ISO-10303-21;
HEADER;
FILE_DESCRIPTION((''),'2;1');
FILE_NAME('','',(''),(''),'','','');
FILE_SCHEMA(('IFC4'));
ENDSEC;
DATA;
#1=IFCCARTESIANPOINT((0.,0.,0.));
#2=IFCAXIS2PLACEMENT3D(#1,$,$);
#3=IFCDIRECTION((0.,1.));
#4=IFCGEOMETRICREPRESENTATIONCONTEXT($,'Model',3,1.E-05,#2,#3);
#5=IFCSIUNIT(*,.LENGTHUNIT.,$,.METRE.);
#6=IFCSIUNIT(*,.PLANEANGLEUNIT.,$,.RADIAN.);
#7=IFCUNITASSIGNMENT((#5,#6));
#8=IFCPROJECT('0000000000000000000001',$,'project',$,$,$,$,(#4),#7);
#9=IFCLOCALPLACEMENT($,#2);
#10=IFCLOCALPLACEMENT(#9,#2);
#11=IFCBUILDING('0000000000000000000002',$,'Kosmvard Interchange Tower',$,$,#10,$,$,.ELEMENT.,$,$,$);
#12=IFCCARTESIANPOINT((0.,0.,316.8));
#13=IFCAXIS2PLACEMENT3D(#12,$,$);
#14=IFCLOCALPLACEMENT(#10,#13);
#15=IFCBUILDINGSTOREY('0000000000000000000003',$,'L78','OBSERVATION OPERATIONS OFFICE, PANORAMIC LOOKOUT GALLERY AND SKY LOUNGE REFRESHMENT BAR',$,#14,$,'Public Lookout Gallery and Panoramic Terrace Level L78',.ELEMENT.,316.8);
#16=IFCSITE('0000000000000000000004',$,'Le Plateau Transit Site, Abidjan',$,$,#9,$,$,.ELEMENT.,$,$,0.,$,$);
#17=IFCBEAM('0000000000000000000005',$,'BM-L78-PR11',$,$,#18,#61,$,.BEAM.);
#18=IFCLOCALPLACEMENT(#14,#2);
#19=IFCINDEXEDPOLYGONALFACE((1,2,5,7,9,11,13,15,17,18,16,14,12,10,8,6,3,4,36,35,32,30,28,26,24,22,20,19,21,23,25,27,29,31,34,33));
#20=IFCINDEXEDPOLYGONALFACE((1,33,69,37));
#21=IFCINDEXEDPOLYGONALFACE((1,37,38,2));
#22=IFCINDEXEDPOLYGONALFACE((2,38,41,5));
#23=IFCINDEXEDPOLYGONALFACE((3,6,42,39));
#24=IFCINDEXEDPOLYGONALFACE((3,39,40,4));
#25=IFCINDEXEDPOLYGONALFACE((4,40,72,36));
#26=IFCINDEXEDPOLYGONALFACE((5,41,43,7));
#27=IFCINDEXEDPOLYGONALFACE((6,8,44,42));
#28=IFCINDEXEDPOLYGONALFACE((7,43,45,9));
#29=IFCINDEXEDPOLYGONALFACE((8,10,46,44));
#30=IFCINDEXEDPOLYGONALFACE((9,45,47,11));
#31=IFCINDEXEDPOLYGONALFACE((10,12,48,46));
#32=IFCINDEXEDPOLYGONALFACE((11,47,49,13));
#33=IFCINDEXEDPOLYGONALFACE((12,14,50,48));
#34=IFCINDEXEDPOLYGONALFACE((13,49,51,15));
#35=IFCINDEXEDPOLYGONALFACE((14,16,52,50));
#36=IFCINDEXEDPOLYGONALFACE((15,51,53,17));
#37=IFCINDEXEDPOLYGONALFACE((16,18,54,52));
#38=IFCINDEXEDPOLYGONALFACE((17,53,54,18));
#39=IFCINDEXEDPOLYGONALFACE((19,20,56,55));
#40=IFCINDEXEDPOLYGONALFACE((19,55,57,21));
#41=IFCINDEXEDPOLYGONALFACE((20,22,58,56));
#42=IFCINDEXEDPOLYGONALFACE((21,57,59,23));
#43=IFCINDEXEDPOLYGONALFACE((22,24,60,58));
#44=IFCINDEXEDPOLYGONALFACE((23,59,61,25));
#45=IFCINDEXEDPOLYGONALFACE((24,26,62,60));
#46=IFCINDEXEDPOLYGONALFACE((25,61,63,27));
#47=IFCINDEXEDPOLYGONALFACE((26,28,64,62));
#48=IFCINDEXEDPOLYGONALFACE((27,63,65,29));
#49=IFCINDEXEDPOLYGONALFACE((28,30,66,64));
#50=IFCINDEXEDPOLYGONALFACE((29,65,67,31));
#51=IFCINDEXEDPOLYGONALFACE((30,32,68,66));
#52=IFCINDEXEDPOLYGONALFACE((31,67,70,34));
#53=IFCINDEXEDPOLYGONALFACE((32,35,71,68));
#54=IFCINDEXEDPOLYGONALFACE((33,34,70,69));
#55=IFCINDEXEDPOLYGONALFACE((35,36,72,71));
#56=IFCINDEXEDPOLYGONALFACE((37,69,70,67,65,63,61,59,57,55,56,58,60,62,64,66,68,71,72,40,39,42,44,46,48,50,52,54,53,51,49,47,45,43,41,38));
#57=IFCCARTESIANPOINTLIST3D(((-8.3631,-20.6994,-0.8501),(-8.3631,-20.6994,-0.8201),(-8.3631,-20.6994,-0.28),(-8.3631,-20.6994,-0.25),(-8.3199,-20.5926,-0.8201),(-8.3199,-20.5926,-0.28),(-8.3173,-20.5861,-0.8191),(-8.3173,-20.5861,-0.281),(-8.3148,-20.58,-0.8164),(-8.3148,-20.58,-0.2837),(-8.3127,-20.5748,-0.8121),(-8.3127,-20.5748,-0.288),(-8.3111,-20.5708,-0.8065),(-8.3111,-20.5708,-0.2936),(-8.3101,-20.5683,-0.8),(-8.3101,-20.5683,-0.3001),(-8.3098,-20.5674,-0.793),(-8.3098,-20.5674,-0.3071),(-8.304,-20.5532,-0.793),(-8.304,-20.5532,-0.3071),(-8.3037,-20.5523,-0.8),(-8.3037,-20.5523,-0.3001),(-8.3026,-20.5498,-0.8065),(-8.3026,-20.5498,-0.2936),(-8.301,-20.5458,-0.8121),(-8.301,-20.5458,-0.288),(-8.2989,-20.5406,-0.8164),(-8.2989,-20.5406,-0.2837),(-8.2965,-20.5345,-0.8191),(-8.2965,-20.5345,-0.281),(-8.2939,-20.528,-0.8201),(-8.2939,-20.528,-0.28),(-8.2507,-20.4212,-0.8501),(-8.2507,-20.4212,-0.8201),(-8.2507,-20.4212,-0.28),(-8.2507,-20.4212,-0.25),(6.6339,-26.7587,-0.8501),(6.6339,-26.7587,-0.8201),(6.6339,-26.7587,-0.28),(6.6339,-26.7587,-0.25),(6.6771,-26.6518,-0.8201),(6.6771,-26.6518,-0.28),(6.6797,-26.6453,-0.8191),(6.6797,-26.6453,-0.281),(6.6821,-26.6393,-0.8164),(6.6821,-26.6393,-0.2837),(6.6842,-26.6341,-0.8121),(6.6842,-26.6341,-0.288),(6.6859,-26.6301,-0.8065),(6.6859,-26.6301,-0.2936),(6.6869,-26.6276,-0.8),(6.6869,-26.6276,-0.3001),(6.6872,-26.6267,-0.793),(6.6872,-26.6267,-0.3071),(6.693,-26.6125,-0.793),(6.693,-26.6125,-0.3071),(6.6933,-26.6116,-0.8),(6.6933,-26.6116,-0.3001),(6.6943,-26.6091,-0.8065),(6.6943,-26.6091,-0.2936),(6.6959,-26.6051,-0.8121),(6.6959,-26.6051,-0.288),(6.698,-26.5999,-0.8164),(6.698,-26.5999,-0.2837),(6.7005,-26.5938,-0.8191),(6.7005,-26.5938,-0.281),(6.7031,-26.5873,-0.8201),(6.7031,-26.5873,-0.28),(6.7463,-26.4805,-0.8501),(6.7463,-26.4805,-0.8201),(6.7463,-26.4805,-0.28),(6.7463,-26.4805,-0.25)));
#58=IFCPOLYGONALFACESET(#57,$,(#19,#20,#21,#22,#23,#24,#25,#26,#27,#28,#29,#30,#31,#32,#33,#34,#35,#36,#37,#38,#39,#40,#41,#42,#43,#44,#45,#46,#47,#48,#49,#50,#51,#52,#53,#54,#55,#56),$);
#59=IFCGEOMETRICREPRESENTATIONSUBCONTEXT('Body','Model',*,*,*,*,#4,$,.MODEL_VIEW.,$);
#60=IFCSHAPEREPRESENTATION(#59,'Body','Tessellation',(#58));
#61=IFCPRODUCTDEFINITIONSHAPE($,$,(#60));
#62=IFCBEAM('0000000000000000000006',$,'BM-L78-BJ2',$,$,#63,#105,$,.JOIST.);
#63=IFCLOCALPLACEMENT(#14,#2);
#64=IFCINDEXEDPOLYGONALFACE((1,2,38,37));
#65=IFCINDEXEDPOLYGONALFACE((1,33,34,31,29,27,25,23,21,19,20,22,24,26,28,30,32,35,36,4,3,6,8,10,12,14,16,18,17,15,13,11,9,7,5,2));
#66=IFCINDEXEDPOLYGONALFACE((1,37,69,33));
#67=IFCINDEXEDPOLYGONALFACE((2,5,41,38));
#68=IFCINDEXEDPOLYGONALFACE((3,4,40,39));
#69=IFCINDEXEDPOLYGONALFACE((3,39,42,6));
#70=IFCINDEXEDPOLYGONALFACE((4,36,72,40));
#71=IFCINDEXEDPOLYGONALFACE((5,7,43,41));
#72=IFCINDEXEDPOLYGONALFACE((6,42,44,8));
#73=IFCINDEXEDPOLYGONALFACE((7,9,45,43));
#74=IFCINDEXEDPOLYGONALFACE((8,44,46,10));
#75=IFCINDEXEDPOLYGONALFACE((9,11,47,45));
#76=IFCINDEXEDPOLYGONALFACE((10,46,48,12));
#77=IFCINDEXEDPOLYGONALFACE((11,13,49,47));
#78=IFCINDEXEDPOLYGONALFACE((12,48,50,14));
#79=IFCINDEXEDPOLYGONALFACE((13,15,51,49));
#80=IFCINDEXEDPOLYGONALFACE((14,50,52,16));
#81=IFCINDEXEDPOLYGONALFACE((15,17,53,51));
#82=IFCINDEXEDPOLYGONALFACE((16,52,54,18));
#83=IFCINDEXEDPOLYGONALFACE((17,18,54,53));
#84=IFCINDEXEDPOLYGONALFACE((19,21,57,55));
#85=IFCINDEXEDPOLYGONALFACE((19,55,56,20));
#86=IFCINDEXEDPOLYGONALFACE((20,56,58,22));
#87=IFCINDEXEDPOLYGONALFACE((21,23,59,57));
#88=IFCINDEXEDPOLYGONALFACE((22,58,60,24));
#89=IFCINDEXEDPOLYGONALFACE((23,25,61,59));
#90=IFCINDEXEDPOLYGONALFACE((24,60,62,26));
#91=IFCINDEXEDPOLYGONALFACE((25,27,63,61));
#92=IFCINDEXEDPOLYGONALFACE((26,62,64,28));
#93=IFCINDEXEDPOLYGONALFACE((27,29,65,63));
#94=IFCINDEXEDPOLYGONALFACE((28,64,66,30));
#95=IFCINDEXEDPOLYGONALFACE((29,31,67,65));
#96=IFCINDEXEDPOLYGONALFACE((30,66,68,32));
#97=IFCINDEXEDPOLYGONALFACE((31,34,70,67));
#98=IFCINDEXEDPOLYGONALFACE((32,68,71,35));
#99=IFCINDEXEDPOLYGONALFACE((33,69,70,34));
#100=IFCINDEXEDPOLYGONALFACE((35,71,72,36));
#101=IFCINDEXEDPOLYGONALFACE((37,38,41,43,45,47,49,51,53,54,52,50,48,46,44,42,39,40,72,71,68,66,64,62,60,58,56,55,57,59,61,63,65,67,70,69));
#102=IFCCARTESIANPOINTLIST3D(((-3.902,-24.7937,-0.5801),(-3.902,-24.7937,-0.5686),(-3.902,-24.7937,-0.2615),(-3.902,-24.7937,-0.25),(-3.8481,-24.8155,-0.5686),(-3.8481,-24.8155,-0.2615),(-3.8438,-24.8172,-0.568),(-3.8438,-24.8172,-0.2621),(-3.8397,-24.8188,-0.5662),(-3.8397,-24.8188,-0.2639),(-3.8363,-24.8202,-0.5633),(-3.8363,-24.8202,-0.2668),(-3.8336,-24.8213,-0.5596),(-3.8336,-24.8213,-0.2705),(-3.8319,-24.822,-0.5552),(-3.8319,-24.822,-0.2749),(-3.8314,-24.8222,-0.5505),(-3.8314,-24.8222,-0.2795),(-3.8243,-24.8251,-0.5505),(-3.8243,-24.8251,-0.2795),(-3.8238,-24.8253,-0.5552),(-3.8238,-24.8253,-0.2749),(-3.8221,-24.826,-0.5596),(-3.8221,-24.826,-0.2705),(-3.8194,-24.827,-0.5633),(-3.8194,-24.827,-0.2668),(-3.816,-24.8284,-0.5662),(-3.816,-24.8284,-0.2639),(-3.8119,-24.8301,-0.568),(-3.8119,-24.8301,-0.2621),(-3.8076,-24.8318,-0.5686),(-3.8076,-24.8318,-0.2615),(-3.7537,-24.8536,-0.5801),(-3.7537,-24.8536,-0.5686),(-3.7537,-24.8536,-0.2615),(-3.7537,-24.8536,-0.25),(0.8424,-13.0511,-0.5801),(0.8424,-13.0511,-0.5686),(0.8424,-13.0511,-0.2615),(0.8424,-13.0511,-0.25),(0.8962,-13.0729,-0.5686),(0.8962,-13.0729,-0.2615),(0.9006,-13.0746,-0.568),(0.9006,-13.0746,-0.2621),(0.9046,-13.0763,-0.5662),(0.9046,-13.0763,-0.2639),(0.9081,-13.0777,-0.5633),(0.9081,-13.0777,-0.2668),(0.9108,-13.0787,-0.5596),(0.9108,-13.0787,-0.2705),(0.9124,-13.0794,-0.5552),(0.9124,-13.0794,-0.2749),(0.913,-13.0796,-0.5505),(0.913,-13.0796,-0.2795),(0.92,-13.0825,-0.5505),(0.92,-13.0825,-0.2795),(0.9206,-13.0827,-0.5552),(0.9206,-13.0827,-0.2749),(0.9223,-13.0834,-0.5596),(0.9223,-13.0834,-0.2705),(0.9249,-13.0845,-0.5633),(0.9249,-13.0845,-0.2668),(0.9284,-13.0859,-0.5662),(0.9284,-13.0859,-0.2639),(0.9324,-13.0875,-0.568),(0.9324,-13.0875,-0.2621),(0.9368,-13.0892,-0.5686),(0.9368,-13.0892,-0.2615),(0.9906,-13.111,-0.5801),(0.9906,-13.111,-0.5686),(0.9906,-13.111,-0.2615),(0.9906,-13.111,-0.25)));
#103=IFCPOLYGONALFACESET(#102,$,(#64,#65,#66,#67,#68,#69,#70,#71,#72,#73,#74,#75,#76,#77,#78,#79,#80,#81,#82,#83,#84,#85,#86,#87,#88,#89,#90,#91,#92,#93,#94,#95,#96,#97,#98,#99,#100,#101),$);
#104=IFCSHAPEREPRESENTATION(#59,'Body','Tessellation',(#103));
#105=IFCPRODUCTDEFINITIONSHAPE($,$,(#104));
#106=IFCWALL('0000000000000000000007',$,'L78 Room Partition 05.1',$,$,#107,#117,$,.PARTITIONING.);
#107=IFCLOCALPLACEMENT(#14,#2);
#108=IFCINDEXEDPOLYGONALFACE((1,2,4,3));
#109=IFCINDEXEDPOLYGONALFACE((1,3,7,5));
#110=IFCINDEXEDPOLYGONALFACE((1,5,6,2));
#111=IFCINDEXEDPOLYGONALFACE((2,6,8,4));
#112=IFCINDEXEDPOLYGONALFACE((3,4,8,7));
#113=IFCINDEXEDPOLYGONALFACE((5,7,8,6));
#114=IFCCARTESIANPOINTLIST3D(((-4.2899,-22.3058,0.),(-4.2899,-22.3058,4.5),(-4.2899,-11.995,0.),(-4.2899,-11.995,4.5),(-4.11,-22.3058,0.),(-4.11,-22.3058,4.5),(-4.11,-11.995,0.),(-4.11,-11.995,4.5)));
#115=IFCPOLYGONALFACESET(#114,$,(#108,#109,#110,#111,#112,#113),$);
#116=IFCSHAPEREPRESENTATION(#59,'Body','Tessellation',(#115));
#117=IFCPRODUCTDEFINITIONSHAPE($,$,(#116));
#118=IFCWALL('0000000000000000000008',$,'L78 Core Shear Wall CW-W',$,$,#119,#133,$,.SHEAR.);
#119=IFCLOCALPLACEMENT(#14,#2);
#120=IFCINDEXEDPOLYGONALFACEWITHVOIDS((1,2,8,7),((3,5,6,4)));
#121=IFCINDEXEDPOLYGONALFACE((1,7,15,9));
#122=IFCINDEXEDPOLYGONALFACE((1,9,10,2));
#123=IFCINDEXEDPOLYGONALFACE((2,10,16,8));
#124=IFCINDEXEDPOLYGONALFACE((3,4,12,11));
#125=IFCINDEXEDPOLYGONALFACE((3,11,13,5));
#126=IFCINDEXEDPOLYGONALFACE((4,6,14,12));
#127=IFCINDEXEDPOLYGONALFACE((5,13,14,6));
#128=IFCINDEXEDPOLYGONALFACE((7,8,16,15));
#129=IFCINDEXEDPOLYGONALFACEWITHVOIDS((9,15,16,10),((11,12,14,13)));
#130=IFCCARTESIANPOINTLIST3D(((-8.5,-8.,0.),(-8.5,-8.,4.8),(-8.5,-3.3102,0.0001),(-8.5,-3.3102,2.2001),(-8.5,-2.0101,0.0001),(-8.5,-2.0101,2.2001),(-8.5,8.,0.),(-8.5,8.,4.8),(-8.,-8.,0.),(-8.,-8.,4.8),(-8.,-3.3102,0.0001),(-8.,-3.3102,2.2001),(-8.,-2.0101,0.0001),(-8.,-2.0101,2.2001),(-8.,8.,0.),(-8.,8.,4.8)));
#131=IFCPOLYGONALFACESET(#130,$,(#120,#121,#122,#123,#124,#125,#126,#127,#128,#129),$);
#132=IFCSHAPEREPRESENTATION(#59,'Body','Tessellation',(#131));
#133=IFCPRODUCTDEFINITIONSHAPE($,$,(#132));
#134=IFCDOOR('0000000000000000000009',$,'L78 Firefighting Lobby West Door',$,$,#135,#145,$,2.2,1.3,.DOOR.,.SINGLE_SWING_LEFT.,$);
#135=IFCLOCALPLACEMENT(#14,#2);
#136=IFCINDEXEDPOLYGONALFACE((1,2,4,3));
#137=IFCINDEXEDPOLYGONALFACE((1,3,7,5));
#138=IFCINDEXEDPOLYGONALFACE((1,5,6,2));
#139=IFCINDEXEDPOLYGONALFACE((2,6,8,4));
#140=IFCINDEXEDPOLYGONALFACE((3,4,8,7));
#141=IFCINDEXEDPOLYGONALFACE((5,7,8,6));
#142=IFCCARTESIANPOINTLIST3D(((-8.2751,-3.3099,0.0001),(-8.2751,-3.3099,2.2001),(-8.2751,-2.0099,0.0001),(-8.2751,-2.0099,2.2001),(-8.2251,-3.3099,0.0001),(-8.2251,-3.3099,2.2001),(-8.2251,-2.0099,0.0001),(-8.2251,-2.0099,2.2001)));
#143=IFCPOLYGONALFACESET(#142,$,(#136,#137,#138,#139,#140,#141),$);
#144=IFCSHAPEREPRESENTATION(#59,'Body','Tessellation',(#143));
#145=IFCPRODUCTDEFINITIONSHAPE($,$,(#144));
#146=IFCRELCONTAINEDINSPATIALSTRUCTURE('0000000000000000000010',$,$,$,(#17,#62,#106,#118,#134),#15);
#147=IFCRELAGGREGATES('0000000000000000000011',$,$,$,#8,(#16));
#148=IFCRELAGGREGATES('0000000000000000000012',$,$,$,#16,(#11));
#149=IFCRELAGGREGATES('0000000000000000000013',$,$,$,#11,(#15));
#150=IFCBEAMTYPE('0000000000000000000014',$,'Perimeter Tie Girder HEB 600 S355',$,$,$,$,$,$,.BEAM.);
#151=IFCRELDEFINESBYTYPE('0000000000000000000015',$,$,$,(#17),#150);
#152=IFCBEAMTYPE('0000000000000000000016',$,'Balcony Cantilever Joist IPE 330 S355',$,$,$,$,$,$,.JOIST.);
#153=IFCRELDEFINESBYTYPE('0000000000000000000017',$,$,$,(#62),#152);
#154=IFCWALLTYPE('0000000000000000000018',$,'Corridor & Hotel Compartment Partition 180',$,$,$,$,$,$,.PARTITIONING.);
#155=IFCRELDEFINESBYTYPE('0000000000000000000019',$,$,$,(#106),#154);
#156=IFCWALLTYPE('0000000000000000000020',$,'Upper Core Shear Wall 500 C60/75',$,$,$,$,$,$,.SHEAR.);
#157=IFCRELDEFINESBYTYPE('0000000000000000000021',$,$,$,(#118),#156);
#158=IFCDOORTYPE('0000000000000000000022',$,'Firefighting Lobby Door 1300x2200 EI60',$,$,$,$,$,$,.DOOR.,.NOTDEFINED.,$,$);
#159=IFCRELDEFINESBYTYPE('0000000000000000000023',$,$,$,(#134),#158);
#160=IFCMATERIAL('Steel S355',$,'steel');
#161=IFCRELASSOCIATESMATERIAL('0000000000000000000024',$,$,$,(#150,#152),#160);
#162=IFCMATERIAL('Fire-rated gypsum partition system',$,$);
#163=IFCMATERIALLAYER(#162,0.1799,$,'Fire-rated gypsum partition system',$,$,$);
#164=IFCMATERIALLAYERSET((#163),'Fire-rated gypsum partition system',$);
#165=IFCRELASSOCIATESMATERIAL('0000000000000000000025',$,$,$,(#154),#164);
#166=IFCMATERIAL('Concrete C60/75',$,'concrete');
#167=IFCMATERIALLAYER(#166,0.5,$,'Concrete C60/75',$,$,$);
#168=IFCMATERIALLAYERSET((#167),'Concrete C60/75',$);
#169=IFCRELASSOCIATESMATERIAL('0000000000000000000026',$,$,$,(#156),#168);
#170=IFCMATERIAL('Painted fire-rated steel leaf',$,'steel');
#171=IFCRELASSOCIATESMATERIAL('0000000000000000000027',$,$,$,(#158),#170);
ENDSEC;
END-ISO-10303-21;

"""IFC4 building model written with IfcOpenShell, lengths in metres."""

from ifc_helpers import new_model, si_unit, direction, frame, frame_2d, origin, origin_2d, place, context, subcontext, project, spatial, rectangle, i_section, extrude, source, transform, mapped, material, layer, layer_set, material_profile, profile_set, type_object, element, fill, save


model = new_model("IFC4")

# Units and contexts
model_context = context("Model", 3, precision=1e-05, world=origin(), true_north=direction((0.0, 1.0)))
body_context = subcontext(model_context, "Body", "Model", "MODEL_VIEW")
ifc_project = project(units=[si_unit("LENGTHUNIT", "METRE"), si_unit("PLANEANGLEUNIT", "RADIAN")], contexts=[model_context])

# Site, building, storey
site_placement = place(None, origin())
site = spatial("IfcSite", under=ifc_project, at=site_placement, Name="Le Plateau Transit Site, Abidjan", CompositionType="ELEMENT", RefElevation=0.0)
building_placement = place(site_placement, origin())
building = spatial("IfcBuilding", under=site, at=building_placement, Name="Kosmvard Interchange Tower", CompositionType="ELEMENT")
storey_placement = place(building_placement, frame((0.0, 0.0, 316.8)))
storey = spatial("IfcBuildingStorey", under=building, at=storey_placement, Name="L78", Description="OBSERVATION OPERATIONS OFFICE, PANORAMIC LOOKOUT GALLERY AND SKY LOUNGE REFRESHMENT BAR", LongName="Public Lookout Gallery and Panoramic Terrace Level L78", CompositionType="ELEMENT", Elevation=316.8)

# Beams
ifc_material_1 = material(Name="Steel S355", Category="steel")
ifc_material_profile_1 = material_profile(ifc_material_1, i_section(OverallWidth=0.3, OverallDepth=0.6001, WebThickness=0.0154, FlangeThickness=0.03, FilletRadius=0.0271, at=origin_2d()), Name="HEB 600")
ifc_profile_set_1 = profile_set([ifc_material_profile_1], Name="Steel S355")
beam_type_1 = type_object("IfcBeamType", Name="Perimeter Tie Girder HEB 600 S355", PredefinedType="BEAM", material=ifc_profile_set_1)
shared_shape_1 = source(origin(), body_context, "Body", "SweptSolid", [
    extrude(i_section(OverallWidth=0.3, OverallDepth=0.6001, WebThickness=0.0154, FlangeThickness=0.03, FilletRadius=0.0271, at=origin_2d()), origin(), (0.0, 0.0, 1.0), 16.1748),
])
beam_1_placement = place(storey_placement, frame((-8.3069, -20.5603, -0.55), z_axis=(0.927181, -0.374613, 0.0), x_axis=(0.374613, 0.927181, 0.0)))
element("IfcBeam", 1, at=beam_1_placement, inside=storey, type_object=beam_type_1, Name="BM-L78-PR11", PredefinedType="BEAM", context=body_context, shape_type="MappedRepresentation", body=[
    mapped(shared_shape_1, transform((0.0, 0.0, 0.0), scale=1.0)),
])
ifc_material_profile_2 = material_profile(ifc_material_1, i_section(OverallWidth=0.1599, OverallDepth=0.3301, WebThickness=0.0076, FlangeThickness=0.0115, FilletRadius=0.0181, at=origin_2d()), Name="IPE 330")
ifc_profile_set_2 = profile_set([ifc_material_profile_2], Name="Steel S355")
beam_type_2 = type_object("IfcBeamType", Name="Balcony Cantilever Joist IPE 330 S355", PredefinedType="JOIST", material=ifc_profile_set_2)
shared_shape_2 = source(origin(), body_context, "Body", "SweptSolid", [
    extrude(i_section(OverallWidth=0.1599, OverallDepth=0.3301, WebThickness=0.0076, FlangeThickness=0.0115, FilletRadius=0.0181, at=origin_2d()), origin(), (0.0, 0.0, 1.0), 12.6648),
])
beam_2_placement = place(storey_placement, frame((0.9165, -13.0811, -0.415), z_axis=(-0.374609, -0.927183, 0.0), x_axis=(0.927183, -0.374609, 0.0)))
element("IfcBeam", 2, at=beam_2_placement, inside=storey, type_object=beam_type_2, Name="BM-L78-BJ2", PredefinedType="JOIST", context=body_context, shape_type="MappedRepresentation", body=[
    mapped(shared_shape_2, transform((0.0, 0.0, 0.0), scale=1.0)),
])

# Wall
ifc_material_2 = material(Name="Fire-rated gypsum partition system")
ifc_layer_1 = layer(ifc_material_2, 0.1799, Name="Fire-rated gypsum partition system")
ifc_layer_set_1 = layer_set([ifc_layer_1], Name="Fire-rated gypsum partition system")
wall_type_1 = type_object("IfcWallType", Name="Corridor & Hotel Compartment Partition 180", PredefinedType="PARTITIONING", material=ifc_layer_set_1)
wall_1_placement = place(storey_placement, frame((-4.2, -11.9951, 0.0), z_axis=(0.0, 0.0, 1.0), x_axis=(0.0, -1.0, 0.0)))
element("IfcWall", 3, at=wall_1_placement, inside=storey, type_object=wall_type_1, Name="L78 Room Partition 05.1", PredefinedType="PARTITIONING", context=body_context, shape_type="SweptSolid", body=[
    extrude(rectangle(XDim=10.3108, YDim=0.1799, at=frame_2d((5.1553, 0.0))), origin(), (0.0, 0.0, 1.0), 4.5),
])

# Wall, opening, door
ifc_material_3 = material(Name="Concrete C60/75", Category="concrete")
ifc_layer_2 = layer(ifc_material_3, 0.5, Name="Concrete C60/75")
ifc_layer_set_2 = layer_set([ifc_layer_2], Name="Concrete C60/75")
wall_type_2 = type_object("IfcWallType", Name="Upper Core Shear Wall 500 C60/75", PredefinedType="SHEAR", material=ifc_layer_set_2)
wall_2_placement = place(storey_placement, frame((-8.25, -8.0, 0.0), z_axis=(0.0, 0.0, 1.0), x_axis=(0.0, 1.0, 0.0)))
wall_2 = element("IfcWall", 4, at=wall_2_placement, inside=storey, type_object=wall_type_2, Name="L78 Core Shear Wall CW-W", PredefinedType="SHEAR", context=body_context, shape_type="SweptSolid", body=[
    extrude(rectangle(XDim=16.0, YDim=0.5, at=frame_2d((8.0, 0.0))), origin(), (0.0, 0.0, 1.0), 4.8),
])
opening_placement = place(wall_2_placement, frame((4.6899, 0.0, 0.0)))
opening = element("IfcOpeningElement", 5, at=opening_placement, cuts=wall_2, PredefinedType="OPENING", context=body_context, shape_type="SweptSolid", body=[
    extrude(rectangle(XDim=1.3, YDim=2.2, at=frame_2d((0.6499, 1.1001))), frame((0.0, 0.26, 0.0), z_axis=(0.0, -1.0, 0.0), x_axis=(1.0, 0.0, 0.0)), (0.0, 0.0, 1.0), 0.52),
])
ifc_material_4 = material(Name="Painted fire-rated steel leaf", Category="steel")
door_type = type_object("IfcDoorType", Name="Firefighting Lobby Door 1300x2200 EI60", OperationType="NOTDEFINED", PredefinedType="DOOR", material=ifc_material_4)
shared_shape_3 = source(origin(), body_context, "Body", "SweptSolid", [
    extrude(rectangle(XDim=1.3, YDim=2.2, at=frame_2d((0.6499, 1.1001))), frame((0.0, 0.0249, 0.0), z_axis=(0.0, -1.0, 0.0), x_axis=(1.0, 0.0, 0.0)), (0.0, 0.0, 1.0), 0.05),
])
door_placement = place(opening_placement, frame((1.3, 0.0, 0.0), z_axis=(0.0, 0.0, 1.0), x_axis=(-1.0, 0.0, 0.0)))
door = element("IfcDoor", 6, at=door_placement, inside=storey, type_object=door_type, Name="L78 Firefighting Lobby West Door", OperationType="SINGLE_SWING_LEFT", OverallHeight=2.2, OverallWidth=1.3, PredefinedType="DOOR", context=body_context, shape_type="MappedRepresentation", body=[
    mapped(shared_shape_3, transform((0.0, 0.0, 0.0), scale=1.0)),
])
fill(opening, door)

save(model, "model.ifc")
